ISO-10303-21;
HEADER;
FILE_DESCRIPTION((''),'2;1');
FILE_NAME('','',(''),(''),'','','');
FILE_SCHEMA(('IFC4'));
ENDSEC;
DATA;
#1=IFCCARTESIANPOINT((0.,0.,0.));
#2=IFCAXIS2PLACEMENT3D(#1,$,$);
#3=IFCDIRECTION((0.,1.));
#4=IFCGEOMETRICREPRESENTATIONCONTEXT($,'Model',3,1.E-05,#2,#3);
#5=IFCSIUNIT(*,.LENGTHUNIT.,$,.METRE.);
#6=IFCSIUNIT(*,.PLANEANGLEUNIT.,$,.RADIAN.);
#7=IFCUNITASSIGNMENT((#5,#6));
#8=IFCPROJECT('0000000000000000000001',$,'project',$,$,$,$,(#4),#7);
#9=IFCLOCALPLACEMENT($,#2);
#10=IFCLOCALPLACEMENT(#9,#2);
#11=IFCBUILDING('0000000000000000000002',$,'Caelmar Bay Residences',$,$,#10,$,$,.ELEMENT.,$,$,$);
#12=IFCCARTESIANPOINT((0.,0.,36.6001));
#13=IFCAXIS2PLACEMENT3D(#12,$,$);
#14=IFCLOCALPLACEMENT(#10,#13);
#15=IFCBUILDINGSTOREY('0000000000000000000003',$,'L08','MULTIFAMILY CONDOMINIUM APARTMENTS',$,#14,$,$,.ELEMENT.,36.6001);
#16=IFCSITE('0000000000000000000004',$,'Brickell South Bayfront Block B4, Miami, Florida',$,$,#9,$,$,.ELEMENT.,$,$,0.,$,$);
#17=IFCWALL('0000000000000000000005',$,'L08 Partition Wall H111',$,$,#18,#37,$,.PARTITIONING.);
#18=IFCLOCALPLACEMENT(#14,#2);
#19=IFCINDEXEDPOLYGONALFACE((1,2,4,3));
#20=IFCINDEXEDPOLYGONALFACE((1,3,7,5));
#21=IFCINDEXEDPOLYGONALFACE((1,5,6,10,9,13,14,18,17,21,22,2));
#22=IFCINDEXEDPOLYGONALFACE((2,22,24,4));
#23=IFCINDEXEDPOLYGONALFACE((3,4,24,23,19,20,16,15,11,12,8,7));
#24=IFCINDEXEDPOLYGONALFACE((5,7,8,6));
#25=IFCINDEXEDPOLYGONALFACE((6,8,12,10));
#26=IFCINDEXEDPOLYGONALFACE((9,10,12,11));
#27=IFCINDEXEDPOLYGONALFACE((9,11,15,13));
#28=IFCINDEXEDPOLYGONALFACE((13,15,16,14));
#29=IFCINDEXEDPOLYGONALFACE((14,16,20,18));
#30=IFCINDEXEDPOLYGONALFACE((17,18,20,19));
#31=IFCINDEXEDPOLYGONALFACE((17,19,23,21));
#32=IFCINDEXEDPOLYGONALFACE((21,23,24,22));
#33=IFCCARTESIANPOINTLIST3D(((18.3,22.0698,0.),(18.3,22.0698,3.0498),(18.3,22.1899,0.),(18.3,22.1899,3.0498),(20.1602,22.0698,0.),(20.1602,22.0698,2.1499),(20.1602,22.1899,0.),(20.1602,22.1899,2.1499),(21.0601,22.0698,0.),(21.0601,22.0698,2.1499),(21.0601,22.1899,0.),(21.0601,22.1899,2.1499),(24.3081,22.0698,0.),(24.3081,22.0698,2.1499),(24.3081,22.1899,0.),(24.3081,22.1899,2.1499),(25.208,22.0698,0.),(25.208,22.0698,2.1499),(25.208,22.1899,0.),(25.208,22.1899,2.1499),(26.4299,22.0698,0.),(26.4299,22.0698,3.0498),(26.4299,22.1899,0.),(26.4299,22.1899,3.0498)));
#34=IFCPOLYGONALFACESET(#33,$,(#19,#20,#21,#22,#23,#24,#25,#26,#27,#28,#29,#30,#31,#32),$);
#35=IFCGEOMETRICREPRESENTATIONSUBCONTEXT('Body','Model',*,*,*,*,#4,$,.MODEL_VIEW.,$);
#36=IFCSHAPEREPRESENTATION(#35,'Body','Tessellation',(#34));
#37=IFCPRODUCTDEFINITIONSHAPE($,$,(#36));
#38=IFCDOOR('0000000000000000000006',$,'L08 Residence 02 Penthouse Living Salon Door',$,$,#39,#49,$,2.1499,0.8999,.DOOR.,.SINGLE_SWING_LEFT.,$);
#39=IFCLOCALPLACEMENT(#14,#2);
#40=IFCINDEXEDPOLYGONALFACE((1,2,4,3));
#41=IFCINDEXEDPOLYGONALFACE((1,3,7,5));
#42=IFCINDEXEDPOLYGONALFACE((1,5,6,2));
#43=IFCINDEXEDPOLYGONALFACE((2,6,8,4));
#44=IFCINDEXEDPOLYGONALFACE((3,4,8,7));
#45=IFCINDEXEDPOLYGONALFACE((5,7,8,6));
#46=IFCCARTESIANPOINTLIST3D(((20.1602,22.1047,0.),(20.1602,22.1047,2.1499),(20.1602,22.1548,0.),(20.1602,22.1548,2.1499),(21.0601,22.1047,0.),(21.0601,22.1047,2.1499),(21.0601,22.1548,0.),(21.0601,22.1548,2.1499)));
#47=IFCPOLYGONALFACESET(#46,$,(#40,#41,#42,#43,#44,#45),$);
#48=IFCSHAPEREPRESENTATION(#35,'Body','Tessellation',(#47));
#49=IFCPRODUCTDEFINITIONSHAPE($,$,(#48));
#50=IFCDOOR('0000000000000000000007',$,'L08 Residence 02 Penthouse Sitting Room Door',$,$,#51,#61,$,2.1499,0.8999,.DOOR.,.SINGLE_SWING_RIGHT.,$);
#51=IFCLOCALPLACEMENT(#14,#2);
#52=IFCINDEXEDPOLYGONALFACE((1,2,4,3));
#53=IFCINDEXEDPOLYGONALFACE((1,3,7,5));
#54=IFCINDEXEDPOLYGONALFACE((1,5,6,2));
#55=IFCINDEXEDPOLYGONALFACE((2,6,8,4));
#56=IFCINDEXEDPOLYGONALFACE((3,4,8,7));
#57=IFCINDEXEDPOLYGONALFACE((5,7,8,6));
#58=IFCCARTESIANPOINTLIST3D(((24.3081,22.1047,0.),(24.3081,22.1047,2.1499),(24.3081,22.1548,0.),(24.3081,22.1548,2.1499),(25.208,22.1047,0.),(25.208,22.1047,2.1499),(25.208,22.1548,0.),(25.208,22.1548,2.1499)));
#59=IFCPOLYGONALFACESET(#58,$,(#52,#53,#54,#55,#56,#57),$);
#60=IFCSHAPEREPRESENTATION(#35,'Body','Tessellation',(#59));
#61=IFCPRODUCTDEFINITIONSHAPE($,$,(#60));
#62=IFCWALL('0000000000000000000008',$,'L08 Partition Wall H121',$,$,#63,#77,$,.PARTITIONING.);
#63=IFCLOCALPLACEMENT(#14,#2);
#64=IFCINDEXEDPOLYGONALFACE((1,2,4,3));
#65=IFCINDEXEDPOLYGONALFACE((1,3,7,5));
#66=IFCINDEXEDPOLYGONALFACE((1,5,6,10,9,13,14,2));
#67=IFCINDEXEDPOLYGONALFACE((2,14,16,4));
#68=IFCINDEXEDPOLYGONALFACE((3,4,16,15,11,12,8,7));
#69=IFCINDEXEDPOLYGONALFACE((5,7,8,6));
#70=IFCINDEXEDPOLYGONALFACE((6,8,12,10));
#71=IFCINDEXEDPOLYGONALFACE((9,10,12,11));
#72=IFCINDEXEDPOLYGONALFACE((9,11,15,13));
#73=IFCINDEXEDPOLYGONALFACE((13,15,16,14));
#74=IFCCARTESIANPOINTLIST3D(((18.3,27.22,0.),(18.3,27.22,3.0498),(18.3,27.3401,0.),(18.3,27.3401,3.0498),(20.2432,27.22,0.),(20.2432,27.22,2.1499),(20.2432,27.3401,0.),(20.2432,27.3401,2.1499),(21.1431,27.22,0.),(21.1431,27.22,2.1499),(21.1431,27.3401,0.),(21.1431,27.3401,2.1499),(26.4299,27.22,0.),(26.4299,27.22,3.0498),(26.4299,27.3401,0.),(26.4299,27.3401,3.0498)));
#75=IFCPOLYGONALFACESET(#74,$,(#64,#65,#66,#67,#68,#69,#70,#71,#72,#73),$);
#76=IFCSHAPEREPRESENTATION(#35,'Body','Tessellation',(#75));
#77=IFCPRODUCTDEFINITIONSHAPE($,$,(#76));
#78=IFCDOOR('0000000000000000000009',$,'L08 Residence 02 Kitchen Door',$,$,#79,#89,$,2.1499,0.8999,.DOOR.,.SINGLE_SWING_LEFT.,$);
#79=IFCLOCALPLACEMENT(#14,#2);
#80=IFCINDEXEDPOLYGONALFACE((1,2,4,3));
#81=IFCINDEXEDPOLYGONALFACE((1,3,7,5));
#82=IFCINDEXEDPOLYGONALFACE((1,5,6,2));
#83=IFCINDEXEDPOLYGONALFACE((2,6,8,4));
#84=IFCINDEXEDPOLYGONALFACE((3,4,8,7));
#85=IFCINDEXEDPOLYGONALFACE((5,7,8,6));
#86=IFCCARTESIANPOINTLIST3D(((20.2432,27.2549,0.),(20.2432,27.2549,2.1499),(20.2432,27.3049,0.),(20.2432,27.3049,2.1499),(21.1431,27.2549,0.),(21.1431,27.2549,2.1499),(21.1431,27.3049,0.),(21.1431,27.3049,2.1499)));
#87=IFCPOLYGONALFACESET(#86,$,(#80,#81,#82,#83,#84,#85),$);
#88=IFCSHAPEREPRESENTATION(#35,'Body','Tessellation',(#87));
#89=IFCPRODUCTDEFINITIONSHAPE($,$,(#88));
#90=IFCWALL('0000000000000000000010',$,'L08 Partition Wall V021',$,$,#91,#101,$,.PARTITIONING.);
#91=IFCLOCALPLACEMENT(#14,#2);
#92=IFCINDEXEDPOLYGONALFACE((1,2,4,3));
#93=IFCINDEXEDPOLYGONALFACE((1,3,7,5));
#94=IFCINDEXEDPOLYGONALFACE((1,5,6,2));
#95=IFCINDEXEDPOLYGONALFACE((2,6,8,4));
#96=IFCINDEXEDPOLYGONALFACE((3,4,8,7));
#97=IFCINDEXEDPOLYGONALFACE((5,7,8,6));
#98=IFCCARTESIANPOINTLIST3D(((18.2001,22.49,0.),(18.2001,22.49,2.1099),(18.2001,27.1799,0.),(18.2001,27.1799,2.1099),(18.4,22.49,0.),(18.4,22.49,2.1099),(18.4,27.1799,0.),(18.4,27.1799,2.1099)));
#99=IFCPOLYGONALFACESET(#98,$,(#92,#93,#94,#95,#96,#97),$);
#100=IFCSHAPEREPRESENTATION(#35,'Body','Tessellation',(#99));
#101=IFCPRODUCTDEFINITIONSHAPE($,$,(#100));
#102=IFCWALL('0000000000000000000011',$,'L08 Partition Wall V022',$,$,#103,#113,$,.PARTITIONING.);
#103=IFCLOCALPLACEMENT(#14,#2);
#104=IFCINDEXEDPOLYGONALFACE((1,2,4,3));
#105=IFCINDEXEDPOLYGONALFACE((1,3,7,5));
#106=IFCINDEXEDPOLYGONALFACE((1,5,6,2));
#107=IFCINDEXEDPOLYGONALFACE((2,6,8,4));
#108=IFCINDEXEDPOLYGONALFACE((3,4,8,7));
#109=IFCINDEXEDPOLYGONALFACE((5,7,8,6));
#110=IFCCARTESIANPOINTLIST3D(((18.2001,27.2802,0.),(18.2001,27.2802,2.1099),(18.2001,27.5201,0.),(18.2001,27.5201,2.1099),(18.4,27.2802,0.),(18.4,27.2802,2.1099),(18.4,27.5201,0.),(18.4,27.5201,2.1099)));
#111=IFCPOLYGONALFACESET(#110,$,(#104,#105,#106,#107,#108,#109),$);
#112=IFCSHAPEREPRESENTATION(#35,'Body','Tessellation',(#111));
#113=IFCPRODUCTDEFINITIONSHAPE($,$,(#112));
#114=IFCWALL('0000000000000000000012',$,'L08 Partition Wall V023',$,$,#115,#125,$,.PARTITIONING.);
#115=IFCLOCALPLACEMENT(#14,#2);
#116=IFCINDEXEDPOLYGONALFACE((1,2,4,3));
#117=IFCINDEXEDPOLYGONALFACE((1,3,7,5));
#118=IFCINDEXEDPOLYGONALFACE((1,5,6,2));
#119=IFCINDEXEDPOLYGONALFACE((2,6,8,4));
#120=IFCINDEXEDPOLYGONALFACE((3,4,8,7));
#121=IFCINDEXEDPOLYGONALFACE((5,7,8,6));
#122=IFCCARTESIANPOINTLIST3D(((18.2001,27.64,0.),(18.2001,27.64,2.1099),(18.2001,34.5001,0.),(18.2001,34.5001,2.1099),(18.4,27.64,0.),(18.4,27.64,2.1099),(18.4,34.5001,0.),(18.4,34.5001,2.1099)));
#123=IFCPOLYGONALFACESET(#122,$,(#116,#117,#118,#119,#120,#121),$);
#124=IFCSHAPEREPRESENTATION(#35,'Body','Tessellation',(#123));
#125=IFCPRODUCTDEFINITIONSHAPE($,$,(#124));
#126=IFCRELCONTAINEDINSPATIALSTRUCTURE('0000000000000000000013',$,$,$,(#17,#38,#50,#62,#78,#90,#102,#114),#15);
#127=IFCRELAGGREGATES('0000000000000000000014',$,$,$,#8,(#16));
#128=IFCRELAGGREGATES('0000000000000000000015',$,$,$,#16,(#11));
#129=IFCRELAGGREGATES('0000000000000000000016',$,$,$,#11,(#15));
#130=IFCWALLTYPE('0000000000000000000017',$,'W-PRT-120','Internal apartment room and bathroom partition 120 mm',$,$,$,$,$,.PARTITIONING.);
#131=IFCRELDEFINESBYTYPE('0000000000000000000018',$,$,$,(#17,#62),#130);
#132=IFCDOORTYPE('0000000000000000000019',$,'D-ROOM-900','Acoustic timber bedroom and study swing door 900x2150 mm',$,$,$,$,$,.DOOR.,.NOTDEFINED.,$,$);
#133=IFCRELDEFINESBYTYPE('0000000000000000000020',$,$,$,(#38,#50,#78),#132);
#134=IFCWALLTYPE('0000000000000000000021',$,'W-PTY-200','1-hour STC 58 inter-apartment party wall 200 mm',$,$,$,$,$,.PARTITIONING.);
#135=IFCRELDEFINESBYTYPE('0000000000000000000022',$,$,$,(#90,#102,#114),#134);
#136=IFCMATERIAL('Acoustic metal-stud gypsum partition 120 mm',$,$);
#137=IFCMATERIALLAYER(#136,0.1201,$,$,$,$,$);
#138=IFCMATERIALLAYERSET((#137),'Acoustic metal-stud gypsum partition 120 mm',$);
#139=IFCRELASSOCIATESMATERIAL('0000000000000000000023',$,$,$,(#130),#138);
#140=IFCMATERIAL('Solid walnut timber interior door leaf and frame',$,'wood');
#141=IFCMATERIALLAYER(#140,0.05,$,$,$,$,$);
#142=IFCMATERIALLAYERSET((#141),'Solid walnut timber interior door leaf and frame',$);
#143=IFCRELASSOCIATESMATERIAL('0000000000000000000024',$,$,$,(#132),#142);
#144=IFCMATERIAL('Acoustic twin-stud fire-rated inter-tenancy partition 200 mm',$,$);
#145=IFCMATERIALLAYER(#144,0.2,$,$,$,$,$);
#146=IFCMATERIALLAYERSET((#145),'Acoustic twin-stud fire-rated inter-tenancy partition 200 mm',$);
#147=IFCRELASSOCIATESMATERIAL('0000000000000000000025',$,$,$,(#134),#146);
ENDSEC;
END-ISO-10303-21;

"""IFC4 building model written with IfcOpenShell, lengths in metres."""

from ifc_helpers import new_model, si_unit, direction, frame, frame_2d, origin, place, context, subcontext, project, spatial, rectangle, extrude, material, layer, layer_set, type_object, element, fill, save


model = new_model("IFC4")

# Units and contexts
model_context = context("Model", 3, precision=1e-05, world=origin(), true_north=direction((0.0, 1.0)))
body_context = subcontext(model_context, "Body", "Model", "MODEL_VIEW")
ifc_project = project(units=[si_unit("LENGTHUNIT", "METRE"), si_unit("PLANEANGLEUNIT", "RADIAN")], contexts=[model_context])

# Site, building, storey
site_placement = place(None, origin())
site = spatial("IfcSite", under=ifc_project, at=site_placement, Name="Brickell South Bayfront Block B4, Miami, Florida", CompositionType="ELEMENT", RefElevation=0.0)
building_placement = place(site_placement, origin())
building = spatial("IfcBuilding", under=site, at=building_placement, Name="Caelmar Bay Residences", CompositionType="ELEMENT")
storey_placement = place(building_placement, frame((0.0, 0.0, 36.6001)))
storey = spatial("IfcBuildingStorey", under=building, at=storey_placement, Name="L08", Description="MULTIFAMILY CONDOMINIUM APARTMENTS", CompositionType="ELEMENT", Elevation=36.6001)

# Shared definitions
ifc_material_1 = material(Name="Acoustic metal-stud gypsum partition 120 mm")
ifc_layer_1 = layer(ifc_material_1, 0.1201)
ifc_layer_set_1 = layer_set([ifc_layer_1], Name="Acoustic metal-stud gypsum partition 120 mm")
wall_type_1 = type_object("IfcWallType", Name="W-PRT-120", Description="Internal apartment room and bathroom partition 120 mm", PredefinedType="PARTITIONING", material=ifc_layer_set_1)

# Shared definitions
ifc_material_2 = material(Name="Solid walnut timber interior door leaf and frame", Category="wood")
ifc_layer_2 = layer(ifc_material_2, 0.05)
ifc_layer_set_2 = layer_set([ifc_layer_2], Name="Solid walnut timber interior door leaf and frame")
door_type_1 = type_object("IfcDoorType", Name="D-ROOM-900", Description="Acoustic timber bedroom and study swing door 900x2150 mm", OperationType="NOTDEFINED", PredefinedType="DOOR", material=ifc_layer_set_2)

# Wall, openings, doors
wall_1_placement = place(storey_placement, frame((18.3, 22.1299, 0.0), z_axis=(0.0, 0.0, 1.0), x_axis=(1.0, 0.0, 0.0)))
wall_1 = element("IfcWall", 1, at=wall_1_placement, inside=storey, type_object=wall_type_1, Name="L08 Partition Wall H111", PredefinedType="PARTITIONING", context=body_context, shape_type="SweptSolid", body=[
    extrude(rectangle(XDim=8.1299, YDim=0.1201, at=frame_2d((4.0649, 0.0))), origin(), (0.0, 0.0, 1.0), 3.0498),
])
opening_1_placement = place(wall_1_placement, frame((1.8601, 0.0, 0.0)))
opening_1 = element("IfcOpeningElement", 2, at=opening_1_placement, cuts=wall_1, PredefinedType="OPENING", context=body_context, shape_type="SweptSolid", body=[
    extrude(rectangle(XDim=0.8999, YDim=2.1499, at=frame_2d((0.45, 1.075))), frame((0.0, 0.0701, 0.0), z_axis=(0.0, -1.0, 0.0), x_axis=(1.0, 0.0, 0.0)), (0.0, 0.0, 1.0), 0.1401),
])
opening_2_placement = place(wall_1_placement, frame((6.0081, 0.0, 0.0)))
opening_2 = element("IfcOpeningElement", 3, at=opening_2_placement, cuts=wall_1, PredefinedType="OPENING", context=body_context, shape_type="SweptSolid", body=[
    extrude(rectangle(XDim=0.8999, YDim=2.1499, at=frame_2d((0.45, 1.075))), frame((0.0, 0.0701, 0.0), z_axis=(0.0, -1.0, 0.0), x_axis=(1.0, 0.0, 0.0)), (0.0, 0.0, 1.0), 0.1401),
])
door_1_placement = place(opening_1_placement, origin())
door_1 = element("IfcDoor", 4, at=door_1_placement, inside=storey, type_object=door_type_1, Name="L08 Residence 02 Penthouse Living Salon Door", OperationType="SINGLE_SWING_LEFT", OverallHeight=2.1499, OverallWidth=0.8999, PredefinedType="DOOR", context=body_context, shape_type="SweptSolid", body=[
    extrude(rectangle(XDim=0.8999, YDim=2.1499, at=frame_2d((0.45, 1.075))), frame((0.0, 0.0249, 0.0), z_axis=(0.0, -1.0, 0.0), x_axis=(1.0, 0.0, 0.0)), (0.0, 0.0, 1.0), 0.05),
])
fill(opening_1, door_1)
door_2_placement = place(opening_2_placement, origin())
door_2 = element("IfcDoor", 5, at=door_2_placement, inside=storey, type_object=door_type_1, Name="L08 Residence 02 Penthouse Sitting Room Door", OperationType="SINGLE_SWING_RIGHT", OverallHeight=2.1499, OverallWidth=0.8999, PredefinedType="DOOR", context=body_context, shape_type="SweptSolid", body=[
    extrude(rectangle(XDim=0.8999, YDim=2.1499, at=frame_2d((0.45, 1.075))), frame((0.0, 0.0249, 0.0), z_axis=(0.0, -1.0, 0.0), x_axis=(1.0, 0.0, 0.0)), (0.0, 0.0, 1.0), 0.05),
])
fill(opening_2, door_2)

# Wall, opening, door
wall_2_placement = place(storey_placement, frame((18.3, 27.28, 0.0), z_axis=(0.0, 0.0, 1.0), x_axis=(1.0, 0.0, 0.0)))
wall_2 = element("IfcWall", 6, at=wall_2_placement, inside=storey, type_object=wall_type_1, Name="L08 Partition Wall H121", PredefinedType="PARTITIONING", context=body_context, shape_type="SweptSolid", body=[
    extrude(rectangle(XDim=8.1299, YDim=0.1201, at=frame_2d((4.0649, 0.0))), origin(), (0.0, 0.0, 1.0), 3.0498),
])
opening_3_placement = place(wall_2_placement, frame((1.9431, 0.0, 0.0)))
opening_3 = element("IfcOpeningElement", 7, at=opening_3_placement, cuts=wall_2, PredefinedType="OPENING", context=body_context, shape_type="SweptSolid", body=[
    extrude(rectangle(XDim=0.8999, YDim=2.1499, at=frame_2d((0.45, 1.075))), frame((0.0, 0.0701, 0.0), z_axis=(0.0, -1.0, 0.0), x_axis=(1.0, 0.0, 0.0)), (0.0, 0.0, 1.0), 0.1401),
])
door_3_placement = place(opening_3_placement, origin())
door_3 = element("IfcDoor", 8, at=door_3_placement, inside=storey, type_object=door_type_1, Name="L08 Residence 02 Kitchen Door", OperationType="SINGLE_SWING_LEFT", OverallHeight=2.1499, OverallWidth=0.8999, PredefinedType="DOOR", context=body_context, shape_type="SweptSolid", body=[
    extrude(rectangle(XDim=0.8999, YDim=2.1499, at=frame_2d((0.45, 1.075))), frame((0.0, 0.0249, 0.0), z_axis=(0.0, -1.0, 0.0), x_axis=(1.0, 0.0, 0.0)), (0.0, 0.0, 1.0), 0.05),
])
fill(opening_3, door_3)

# Walls
ifc_material_3 = material(Name="Acoustic twin-stud fire-rated inter-tenancy partition 200 mm")
ifc_layer_3 = layer(ifc_material_3, 0.2)
ifc_layer_set_3 = layer_set([ifc_layer_3], Name="Acoustic twin-stud fire-rated inter-tenancy partition 200 mm")
wall_type_2 = type_object("IfcWallType", Name="W-PTY-200", Description="1-hour STC 58 inter-apartment party wall 200 mm", PredefinedType="PARTITIONING", material=ifc_layer_set_3)
wall_3_placement = place(storey_placement, frame((18.3, 22.49, 0.0), z_axis=(0.0, 0.0, 1.0), x_axis=(0.0, 1.0, 0.0)))
element("IfcWall", 9, at=wall_3_placement, inside=storey, type_object=wall_type_2, Name="L08 Partition Wall V021", PredefinedType="PARTITIONING", context=body_context, shape_type="SweptSolid", body=[
    extrude(rectangle(XDim=4.6899, YDim=0.2, at=frame_2d((2.345, 0.0))), origin(), (0.0, 0.0, 1.0), 2.1099),
])
wall_4_placement = place(storey_placement, frame((18.3, 27.28, 0.0), z_axis=(0.0, 0.0, 1.0), x_axis=(0.0, 1.0, 0.0)))
element("IfcWall", 10, at=wall_4_placement, inside=storey, type_object=wall_type_2, Name="L08 Partition Wall V022", PredefinedType="PARTITIONING", context=body_context, shape_type="SweptSolid", body=[
    extrude(rectangle(XDim=0.24, YDim=0.2, at=frame_2d((0.1201, 0.0))), origin(), (0.0, 0.0, 1.0), 2.1099),
])
wall_5_placement = place(storey_placement, frame((18.3, 27.6399, 0.0), z_axis=(0.0, 0.0, 1.0), x_axis=(0.0, 1.0, 0.0)))
element("IfcWall", 11, at=wall_5_placement, inside=storey, type_object=wall_type_2, Name="L08 Partition Wall V023", PredefinedType="PARTITIONING", context=body_context, shape_type="SweptSolid", body=[
    extrude(rectangle(XDim=6.8601, YDim=0.2, at=frame_2d((3.4302, 0.0))), origin(), (0.0, 0.0, 1.0), 2.1099),
])

save(model, "model.ifc")
